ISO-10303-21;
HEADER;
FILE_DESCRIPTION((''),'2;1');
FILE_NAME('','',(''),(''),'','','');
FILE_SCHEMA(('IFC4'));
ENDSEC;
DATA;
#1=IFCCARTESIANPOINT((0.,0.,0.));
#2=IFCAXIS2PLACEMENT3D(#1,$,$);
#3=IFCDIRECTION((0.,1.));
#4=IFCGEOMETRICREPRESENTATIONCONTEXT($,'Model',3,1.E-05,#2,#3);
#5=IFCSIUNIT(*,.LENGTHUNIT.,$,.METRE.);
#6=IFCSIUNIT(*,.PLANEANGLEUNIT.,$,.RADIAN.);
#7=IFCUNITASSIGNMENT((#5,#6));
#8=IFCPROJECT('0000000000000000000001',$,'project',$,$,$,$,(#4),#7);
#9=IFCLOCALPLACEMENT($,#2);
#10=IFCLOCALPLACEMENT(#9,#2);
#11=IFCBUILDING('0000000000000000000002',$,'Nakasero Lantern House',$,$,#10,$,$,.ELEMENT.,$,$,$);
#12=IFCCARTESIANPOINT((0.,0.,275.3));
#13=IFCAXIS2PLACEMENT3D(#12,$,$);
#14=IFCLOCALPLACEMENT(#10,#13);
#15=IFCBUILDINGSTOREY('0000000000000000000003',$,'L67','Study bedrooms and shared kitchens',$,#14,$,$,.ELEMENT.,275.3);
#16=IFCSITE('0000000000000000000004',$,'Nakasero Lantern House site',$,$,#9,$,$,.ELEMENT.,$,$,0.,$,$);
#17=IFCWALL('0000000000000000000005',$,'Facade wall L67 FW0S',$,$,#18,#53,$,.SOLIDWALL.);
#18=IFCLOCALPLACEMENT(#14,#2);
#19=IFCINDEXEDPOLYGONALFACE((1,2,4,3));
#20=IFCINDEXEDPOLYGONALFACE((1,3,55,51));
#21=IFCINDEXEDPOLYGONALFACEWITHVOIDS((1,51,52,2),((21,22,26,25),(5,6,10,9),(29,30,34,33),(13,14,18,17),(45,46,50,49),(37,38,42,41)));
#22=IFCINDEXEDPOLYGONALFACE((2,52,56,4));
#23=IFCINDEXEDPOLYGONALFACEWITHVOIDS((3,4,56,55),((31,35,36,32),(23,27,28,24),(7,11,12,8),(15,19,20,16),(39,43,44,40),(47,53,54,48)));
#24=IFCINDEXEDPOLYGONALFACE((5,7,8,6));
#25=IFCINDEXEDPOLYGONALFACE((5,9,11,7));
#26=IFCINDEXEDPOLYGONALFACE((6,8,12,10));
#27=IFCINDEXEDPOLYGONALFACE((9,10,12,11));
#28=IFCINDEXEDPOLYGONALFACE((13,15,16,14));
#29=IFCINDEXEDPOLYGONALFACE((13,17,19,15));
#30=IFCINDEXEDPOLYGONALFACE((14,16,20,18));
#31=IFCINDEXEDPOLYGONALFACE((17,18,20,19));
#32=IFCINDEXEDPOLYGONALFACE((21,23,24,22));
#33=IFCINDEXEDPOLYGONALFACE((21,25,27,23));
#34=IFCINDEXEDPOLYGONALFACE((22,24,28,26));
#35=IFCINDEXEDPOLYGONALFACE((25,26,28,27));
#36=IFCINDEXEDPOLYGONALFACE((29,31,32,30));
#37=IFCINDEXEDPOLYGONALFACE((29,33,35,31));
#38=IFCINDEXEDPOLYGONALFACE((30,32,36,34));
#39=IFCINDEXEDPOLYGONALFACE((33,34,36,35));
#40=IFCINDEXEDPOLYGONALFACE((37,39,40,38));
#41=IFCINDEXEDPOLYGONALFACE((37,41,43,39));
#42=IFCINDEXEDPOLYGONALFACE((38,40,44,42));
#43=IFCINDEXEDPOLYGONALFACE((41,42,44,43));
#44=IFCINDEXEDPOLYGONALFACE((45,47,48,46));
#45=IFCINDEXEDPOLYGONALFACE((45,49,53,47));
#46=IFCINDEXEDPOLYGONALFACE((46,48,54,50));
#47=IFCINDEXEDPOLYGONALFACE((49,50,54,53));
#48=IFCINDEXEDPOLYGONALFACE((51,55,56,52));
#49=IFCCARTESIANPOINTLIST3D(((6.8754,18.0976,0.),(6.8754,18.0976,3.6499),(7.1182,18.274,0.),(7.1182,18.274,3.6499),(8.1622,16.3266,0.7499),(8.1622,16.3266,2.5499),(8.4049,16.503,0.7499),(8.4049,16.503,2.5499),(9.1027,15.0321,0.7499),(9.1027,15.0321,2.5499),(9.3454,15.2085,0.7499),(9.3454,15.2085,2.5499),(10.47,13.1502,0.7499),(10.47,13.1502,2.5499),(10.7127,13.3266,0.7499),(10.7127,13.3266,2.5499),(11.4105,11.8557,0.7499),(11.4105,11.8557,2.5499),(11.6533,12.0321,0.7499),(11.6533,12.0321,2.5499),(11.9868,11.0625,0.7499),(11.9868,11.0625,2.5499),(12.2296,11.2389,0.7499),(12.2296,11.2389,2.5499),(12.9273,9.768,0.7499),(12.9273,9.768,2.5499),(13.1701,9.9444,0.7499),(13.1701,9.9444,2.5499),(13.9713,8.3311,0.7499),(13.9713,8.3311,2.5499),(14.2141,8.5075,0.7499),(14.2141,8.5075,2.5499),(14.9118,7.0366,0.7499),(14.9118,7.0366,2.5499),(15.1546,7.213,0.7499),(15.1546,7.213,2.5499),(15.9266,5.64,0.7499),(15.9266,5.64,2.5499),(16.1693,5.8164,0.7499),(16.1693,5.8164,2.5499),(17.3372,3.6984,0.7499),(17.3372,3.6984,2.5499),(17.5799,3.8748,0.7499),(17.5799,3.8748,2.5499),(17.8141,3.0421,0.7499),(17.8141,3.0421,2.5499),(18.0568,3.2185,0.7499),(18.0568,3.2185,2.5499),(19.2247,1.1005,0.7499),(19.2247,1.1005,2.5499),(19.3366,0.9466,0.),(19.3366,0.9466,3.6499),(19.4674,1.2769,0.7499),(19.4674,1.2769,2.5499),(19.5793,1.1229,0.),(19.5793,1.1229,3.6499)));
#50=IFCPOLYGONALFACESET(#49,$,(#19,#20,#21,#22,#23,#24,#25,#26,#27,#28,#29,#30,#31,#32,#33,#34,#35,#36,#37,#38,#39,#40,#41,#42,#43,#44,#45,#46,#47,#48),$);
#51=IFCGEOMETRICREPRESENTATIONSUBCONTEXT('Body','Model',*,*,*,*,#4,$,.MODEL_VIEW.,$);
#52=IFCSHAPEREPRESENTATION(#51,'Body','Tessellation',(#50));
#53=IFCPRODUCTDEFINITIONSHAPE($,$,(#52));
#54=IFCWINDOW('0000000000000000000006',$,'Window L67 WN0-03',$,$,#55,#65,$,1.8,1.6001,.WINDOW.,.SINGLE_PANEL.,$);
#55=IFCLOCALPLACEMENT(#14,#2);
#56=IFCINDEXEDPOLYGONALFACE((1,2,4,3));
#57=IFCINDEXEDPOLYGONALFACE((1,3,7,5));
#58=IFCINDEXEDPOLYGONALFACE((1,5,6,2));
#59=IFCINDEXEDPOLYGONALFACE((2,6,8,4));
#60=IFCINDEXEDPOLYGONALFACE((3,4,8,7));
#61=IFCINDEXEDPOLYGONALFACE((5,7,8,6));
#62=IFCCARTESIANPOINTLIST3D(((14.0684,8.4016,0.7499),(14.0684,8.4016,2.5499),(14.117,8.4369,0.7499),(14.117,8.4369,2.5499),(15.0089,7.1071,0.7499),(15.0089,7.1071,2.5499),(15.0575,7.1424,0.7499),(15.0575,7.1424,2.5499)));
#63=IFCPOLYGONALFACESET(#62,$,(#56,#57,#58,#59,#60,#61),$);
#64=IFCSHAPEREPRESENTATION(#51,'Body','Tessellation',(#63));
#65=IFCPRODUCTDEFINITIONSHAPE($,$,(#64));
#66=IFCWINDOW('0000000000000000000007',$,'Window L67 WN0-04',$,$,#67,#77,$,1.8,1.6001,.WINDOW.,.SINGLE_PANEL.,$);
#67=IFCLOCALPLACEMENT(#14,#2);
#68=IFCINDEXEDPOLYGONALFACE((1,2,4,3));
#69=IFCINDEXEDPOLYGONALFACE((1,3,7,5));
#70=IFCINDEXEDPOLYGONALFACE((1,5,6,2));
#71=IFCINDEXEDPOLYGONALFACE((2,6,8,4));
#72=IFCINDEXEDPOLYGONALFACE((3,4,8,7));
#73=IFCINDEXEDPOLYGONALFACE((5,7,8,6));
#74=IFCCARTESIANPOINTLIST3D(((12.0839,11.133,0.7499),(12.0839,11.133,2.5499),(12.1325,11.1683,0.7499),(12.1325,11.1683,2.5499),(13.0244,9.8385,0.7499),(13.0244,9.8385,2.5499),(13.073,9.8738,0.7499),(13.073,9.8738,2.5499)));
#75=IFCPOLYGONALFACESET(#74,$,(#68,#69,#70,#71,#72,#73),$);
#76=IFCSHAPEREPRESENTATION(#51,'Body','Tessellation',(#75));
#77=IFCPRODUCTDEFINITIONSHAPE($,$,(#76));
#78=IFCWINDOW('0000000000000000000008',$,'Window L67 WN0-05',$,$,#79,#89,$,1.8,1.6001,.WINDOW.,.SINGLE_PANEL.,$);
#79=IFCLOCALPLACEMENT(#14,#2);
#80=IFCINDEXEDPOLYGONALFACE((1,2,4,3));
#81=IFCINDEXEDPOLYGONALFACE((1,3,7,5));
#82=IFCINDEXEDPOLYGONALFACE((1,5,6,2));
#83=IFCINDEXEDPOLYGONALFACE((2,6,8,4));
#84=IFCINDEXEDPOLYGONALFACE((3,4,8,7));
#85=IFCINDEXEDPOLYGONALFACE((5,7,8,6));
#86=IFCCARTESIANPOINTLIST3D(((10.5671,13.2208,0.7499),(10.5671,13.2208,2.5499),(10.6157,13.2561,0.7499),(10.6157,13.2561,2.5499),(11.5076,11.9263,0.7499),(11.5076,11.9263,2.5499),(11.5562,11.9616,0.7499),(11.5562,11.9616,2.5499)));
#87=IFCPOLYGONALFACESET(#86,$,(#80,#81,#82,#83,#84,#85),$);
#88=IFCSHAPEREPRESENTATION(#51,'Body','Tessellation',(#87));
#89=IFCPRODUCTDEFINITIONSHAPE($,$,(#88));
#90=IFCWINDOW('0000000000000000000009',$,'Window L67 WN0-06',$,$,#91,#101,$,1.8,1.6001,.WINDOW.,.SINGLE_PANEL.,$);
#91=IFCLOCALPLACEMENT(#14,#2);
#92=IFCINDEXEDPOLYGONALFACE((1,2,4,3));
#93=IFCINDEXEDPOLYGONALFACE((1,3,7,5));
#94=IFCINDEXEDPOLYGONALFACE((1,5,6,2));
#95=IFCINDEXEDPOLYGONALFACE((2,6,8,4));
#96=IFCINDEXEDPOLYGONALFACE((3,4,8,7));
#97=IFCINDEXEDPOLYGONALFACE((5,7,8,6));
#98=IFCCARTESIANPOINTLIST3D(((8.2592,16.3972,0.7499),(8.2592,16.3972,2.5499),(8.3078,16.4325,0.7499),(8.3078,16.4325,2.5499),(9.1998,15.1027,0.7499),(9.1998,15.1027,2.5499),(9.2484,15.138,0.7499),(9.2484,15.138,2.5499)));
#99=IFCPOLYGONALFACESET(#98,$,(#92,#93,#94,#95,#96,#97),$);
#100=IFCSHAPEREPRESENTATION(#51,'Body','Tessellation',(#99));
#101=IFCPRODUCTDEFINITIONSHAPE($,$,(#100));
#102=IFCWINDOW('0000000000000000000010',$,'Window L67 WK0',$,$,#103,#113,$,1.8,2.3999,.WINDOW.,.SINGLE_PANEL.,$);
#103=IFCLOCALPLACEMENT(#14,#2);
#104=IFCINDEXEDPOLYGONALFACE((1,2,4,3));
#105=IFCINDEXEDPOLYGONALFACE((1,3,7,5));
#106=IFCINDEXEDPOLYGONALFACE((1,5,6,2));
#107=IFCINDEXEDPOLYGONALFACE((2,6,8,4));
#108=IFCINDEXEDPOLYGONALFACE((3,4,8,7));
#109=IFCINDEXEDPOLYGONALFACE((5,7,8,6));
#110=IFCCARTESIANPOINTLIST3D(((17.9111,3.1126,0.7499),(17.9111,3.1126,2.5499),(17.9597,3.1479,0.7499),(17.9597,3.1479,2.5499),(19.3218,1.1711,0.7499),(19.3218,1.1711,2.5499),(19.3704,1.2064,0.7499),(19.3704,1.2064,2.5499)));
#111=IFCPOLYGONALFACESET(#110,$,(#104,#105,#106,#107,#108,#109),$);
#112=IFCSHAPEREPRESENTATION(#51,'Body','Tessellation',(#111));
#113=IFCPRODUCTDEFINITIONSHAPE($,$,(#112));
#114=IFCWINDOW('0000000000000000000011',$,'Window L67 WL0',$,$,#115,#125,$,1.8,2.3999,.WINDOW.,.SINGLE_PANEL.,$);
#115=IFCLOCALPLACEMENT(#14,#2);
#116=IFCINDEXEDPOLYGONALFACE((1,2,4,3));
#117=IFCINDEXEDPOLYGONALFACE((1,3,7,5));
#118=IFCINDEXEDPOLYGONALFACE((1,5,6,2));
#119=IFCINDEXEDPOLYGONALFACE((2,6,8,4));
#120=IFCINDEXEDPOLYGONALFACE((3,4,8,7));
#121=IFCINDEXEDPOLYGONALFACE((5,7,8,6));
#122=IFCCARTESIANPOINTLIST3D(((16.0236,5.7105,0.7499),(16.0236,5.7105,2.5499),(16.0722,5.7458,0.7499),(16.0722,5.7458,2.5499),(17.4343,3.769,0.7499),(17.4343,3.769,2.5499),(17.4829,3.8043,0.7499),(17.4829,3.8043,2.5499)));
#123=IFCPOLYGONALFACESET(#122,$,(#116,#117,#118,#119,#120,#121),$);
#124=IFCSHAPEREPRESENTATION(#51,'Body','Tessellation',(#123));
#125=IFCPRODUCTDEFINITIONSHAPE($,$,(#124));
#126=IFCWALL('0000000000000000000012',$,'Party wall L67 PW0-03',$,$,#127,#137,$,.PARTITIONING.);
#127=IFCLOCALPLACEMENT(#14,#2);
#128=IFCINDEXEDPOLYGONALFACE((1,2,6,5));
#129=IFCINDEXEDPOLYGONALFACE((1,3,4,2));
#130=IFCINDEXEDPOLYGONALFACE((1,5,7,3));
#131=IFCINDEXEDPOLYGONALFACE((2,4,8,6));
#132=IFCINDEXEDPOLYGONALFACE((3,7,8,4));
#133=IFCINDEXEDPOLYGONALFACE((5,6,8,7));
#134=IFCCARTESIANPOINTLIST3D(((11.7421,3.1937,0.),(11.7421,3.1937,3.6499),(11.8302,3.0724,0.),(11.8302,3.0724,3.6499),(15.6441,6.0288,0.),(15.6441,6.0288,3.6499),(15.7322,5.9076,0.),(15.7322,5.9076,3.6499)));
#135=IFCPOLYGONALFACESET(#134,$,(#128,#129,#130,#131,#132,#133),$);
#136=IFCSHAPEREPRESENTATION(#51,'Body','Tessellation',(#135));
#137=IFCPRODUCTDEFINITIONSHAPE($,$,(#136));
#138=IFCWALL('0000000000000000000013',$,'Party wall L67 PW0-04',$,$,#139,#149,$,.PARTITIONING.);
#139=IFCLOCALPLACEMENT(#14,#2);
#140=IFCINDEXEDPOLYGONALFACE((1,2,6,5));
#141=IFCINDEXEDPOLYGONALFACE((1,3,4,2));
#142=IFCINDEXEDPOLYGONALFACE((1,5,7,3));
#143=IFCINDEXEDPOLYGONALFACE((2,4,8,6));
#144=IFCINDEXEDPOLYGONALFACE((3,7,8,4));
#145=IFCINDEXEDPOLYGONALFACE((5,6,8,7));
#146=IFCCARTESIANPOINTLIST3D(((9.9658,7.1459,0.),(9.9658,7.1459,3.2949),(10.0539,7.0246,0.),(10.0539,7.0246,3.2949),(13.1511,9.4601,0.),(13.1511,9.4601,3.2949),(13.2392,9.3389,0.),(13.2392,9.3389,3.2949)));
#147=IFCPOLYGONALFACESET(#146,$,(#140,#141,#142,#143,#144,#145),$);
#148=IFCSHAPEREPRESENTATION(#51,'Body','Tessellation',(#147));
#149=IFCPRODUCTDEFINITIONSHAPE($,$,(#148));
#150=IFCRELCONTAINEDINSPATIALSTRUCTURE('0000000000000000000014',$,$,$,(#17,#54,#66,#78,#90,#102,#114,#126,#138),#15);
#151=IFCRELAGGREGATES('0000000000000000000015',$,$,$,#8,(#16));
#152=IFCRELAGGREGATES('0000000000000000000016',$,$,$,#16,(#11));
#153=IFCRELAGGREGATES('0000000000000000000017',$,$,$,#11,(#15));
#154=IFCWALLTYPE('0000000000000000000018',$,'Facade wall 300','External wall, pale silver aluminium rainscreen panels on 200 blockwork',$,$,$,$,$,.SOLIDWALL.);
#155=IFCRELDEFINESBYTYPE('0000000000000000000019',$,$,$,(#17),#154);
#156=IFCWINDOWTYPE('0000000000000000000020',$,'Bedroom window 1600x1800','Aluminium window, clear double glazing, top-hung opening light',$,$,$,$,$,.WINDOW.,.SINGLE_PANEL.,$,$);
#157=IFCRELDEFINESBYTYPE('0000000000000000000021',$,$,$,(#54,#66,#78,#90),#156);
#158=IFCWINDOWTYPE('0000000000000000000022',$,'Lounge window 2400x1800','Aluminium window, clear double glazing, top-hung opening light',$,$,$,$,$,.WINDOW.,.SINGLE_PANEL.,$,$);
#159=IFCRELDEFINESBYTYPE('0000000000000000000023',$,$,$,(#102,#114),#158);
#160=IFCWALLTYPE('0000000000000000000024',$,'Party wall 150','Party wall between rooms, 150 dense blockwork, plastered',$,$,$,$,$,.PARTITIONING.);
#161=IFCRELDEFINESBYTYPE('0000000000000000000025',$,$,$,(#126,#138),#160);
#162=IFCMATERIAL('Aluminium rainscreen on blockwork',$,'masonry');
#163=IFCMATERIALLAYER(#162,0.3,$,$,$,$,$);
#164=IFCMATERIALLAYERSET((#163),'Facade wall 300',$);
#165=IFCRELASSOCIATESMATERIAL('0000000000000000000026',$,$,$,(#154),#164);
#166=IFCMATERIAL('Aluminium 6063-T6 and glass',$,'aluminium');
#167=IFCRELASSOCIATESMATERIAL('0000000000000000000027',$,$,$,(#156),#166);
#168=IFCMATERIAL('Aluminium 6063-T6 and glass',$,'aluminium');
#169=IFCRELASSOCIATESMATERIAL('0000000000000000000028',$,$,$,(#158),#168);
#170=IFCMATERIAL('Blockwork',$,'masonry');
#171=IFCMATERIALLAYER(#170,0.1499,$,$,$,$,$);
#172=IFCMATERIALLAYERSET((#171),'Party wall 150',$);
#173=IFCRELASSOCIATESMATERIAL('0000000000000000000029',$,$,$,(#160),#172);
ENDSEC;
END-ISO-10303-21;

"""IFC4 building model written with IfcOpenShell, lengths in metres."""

from ifc_helpers import new_model, si_unit, direction, frame, frame_2d, origin, place, context, subcontext, project, spatial, rectangle, extrude, material, layer, layer_set, type_object, element, fill, save


model = new_model("IFC4")

# Units and contexts
model_context = context("Model", 3, precision=1e-05, world=origin(), true_north=direction((0.0, 1.0)))
body_context = subcontext(model_context, "Body", "Model", "MODEL_VIEW")
ifc_project = project(units=[si_unit("LENGTHUNIT", "METRE"), si_unit("PLANEANGLEUNIT", "RADIAN")], contexts=[model_context])

# Site, building, storey
site_placement = place(None, origin())
site = spatial("IfcSite", under=ifc_project, at=site_placement, Name="Nakasero Lantern House site", CompositionType="ELEMENT", RefElevation=0.0)
building_placement = place(site_placement, origin())
building = spatial("IfcBuilding", under=site, at=building_placement, Name="Nakasero Lantern House", CompositionType="ELEMENT")
storey_placement = place(building_placement, frame((0.0, 0.0, 275.3)))
storey = spatial("IfcBuildingStorey", under=building, at=storey_placement, Name="L67", Description="Study bedrooms and shared kitchens", CompositionType="ELEMENT", Elevation=275.3)

# Wall, openings, windows
ifc_material_1 = material(Name="Aluminium rainscreen on blockwork", Category="masonry")
ifc_layer_1 = layer(ifc_material_1, 0.3)
ifc_layer_set_1 = layer_set([ifc_layer_1], Name="Facade wall 300")
wall_type_1 = type_object("IfcWallType", Name="Facade wall 300", Description="External wall, pale silver aluminium rainscreen panels on 200 blockwork", PredefinedType="SOLIDWALL", material=ifc_layer_set_1)
wall_1_placement = place(storey_placement, frame((19.458, 1.0347, 0.0), z_axis=(0.0, 0.0, 1.0), x_axis=(-0.58779, 0.809013, 0.0)))
wall_1 = element("IfcWall", 1, at=wall_1_placement, inside=storey, type_object=wall_type_1, Name="Facade wall L67 FW0S", PredefinedType="SOLIDWALL", context=body_context, shape_type="SweptSolid", body=[
    extrude(rectangle(XDim=21.2, YDim=0.3, at=frame_2d((10.6001, 0.0))), origin(), (0.0, 0.0, 1.0), 3.6499),
])
opening_1_placement = place(wall_1_placement, frame((7.5278, 0.0, 0.75)))
opening_1 = element("IfcOpeningElement", 2, at=opening_1_placement, cuts=wall_1, PredefinedType="OPENING", context=body_context, shape_type="SweptSolid", body=[
    extrude(rectangle(XDim=1.6001, YDim=1.8, at=frame_2d((0.8, 0.8999))), frame((0.0, 0.1699, 0.0), z_axis=(0.0, -1.0, 0.0), x_axis=(1.0, 0.0, 0.0)), (0.0, 0.0, 1.0), 0.3401),
])
opening_2_placement = place(wall_1_placement, frame((10.9041, 0.0, 0.75)))
opening_2 = element("IfcOpeningElement", 3, at=opening_2_placement, cuts=wall_1, PredefinedType="OPENING", context=body_context, shape_type="SweptSolid", body=[
    extrude(rectangle(XDim=1.6001, YDim=1.8, at=frame_2d((0.8, 0.8999))), frame((0.0, 0.1699, 0.0), z_axis=(0.0, -1.0, 0.0), x_axis=(1.0, 0.0, 0.0)), (0.0, 0.0, 1.0), 0.3401),
])
opening_3_placement = place(wall_1_placement, frame((13.4846, 0.0, 0.75)))
opening_3 = element("IfcOpeningElement", 4, at=opening_3_placement, cuts=wall_1, PredefinedType="OPENING", context=body_context, shape_type="SweptSolid", body=[
    extrude(rectangle(XDim=1.6001, YDim=1.8, at=frame_2d((0.8, 0.8999))), frame((0.0, 0.1699, 0.0), z_axis=(0.0, -1.0, 0.0), x_axis=(1.0, 0.0, 0.0)), (0.0, 0.0, 1.0), 0.3401),
])
opening_4_placement = place(wall_1_placement, frame((17.4109, 0.0, 0.75)))
opening_4 = element("IfcOpeningElement", 5, at=opening_4_placement, cuts=wall_1, PredefinedType="OPENING", context=body_context, shape_type="SweptSolid", body=[
    extrude(rectangle(XDim=1.6001, YDim=1.8, at=frame_2d((0.8, 0.8999))), frame((0.0, 0.1699, 0.0), z_axis=(0.0, -1.0, 0.0), x_axis=(1.0, 0.0, 0.0)), (0.0, 0.0, 1.0), 0.3401),
])
opening_5_placement = place(wall_1_placement, frame((0.1904, 0.0, 0.75)))
opening_5 = element("IfcOpeningElement", 6, at=opening_5_placement, cuts=wall_1, PredefinedType="OPENING", context=body_context, shape_type="SweptSolid", body=[
    extrude(rectangle(XDim=2.3999, YDim=1.8, at=frame_2d((1.2, 0.8999))), frame((0.0, 0.1699, 0.0), z_axis=(0.0, -1.0, 0.0), x_axis=(1.0, 0.0, 0.0)), (0.0, 0.0, 1.0), 0.3401),
])
opening_6_placement = place(wall_1_placement, frame((3.4016, 0.0, 0.75)))
opening_6 = element("IfcOpeningElement", 7, at=opening_6_placement, cuts=wall_1, PredefinedType="OPENING", context=body_context, shape_type="SweptSolid", body=[
    extrude(rectangle(XDim=2.3999, YDim=1.8, at=frame_2d((1.2, 0.8999))), frame((0.0, 0.1699, 0.0), z_axis=(0.0, -1.0, 0.0), x_axis=(1.0, 0.0, 0.0)), (0.0, 0.0, 1.0), 0.3401),
])
ifc_material_2 = material(Name="Aluminium 6063-T6 and glass", Category="aluminium")
window_type_1 = type_object("IfcWindowType", Name="Bedroom window 1600x1800", Description="Aluminium window, clear double glazing, top-hung opening light", PartitioningType="SINGLE_PANEL", PredefinedType="WINDOW", material=ifc_material_2)
window_1_placement = place(opening_1_placement, origin())
window_1 = element("IfcWindow", 8, at=window_1_placement, inside=storey, type_object=window_type_1, Name="Window L67 WN0-03", OverallHeight=1.8, OverallWidth=1.6001, PartitioningType="SINGLE_PANEL", PredefinedType="WINDOW", context=body_context, shape_type="SweptSolid", body=[
    extrude(rectangle(XDim=1.6001, YDim=1.8, at=frame_2d((0.8, 0.8999))), frame((0.0, 0.03, 0.0), z_axis=(0.0, -1.0, 0.0), x_axis=(1.0, 0.0, 0.0)), (0.0, 0.0, 1.0), 0.0601),
])
fill(opening_1, window_1)
window_2_placement = place(opening_2_placement, origin())
window_2 = element("IfcWindow", 9, at=window_2_placement, inside=storey, type_object=window_type_1, Name="Window L67 WN0-04", OverallHeight=1.8, OverallWidth=1.6001, PartitioningType="SINGLE_PANEL", PredefinedType="WINDOW", context=body_context, shape_type="SweptSolid", body=[
    extrude(rectangle(XDim=1.6001, YDim=1.8, at=frame_2d((0.8, 0.8999))), frame((0.0, 0.03, 0.0), z_axis=(0.0, -1.0, 0.0), x_axis=(1.0, 0.0, 0.0)), (0.0, 0.0, 1.0), 0.0601),
])
fill(opening_2, window_2)
window_3_placement = place(opening_3_placement, origin())
window_3 = element("IfcWindow", 10, at=window_3_placement, inside=storey, type_object=window_type_1, Name="Window L67 WN0-05", OverallHeight=1.8, OverallWidth=1.6001, PartitioningType="SINGLE_PANEL", PredefinedType="WINDOW", context=body_context, shape_type="SweptSolid", body=[
    extrude(rectangle(XDim=1.6001, YDim=1.8, at=frame_2d((0.8, 0.8999))), frame((0.0, 0.03, 0.0), z_axis=(0.0, -1.0, 0.0), x_axis=(1.0, 0.0, 0.0)), (0.0, 0.0, 1.0), 0.0601),
])
fill(opening_3, window_3)
window_4_placement = place(opening_4_placement, origin())
window_4 = element("IfcWindow", 11, at=window_4_placement, inside=storey, type_object=window_type_1, Name="Window L67 WN0-06", OverallHeight=1.8, OverallWidth=1.6001, PartitioningType="SINGLE_PANEL", PredefinedType="WINDOW", context=body_context, shape_type="SweptSolid", body=[
    extrude(rectangle(XDim=1.6001, YDim=1.8, at=frame_2d((0.8, 0.8999))), frame((0.0, 0.03, 0.0), z_axis=(0.0, -1.0, 0.0), x_axis=(1.0, 0.0, 0.0)), (0.0, 0.0, 1.0), 0.0601),
])
fill(opening_4, window_4)
ifc_material_3 = material(Name="Aluminium 6063-T6 and glass", Category="aluminium")
window_type_2 = type_object("IfcWindowType", Name="Lounge window 2400x1800", Description="Aluminium window, clear double glazing, top-hung opening light", PartitioningType="SINGLE_PANEL", PredefinedType="WINDOW", material=ifc_material_3)
window_5_placement = place(opening_5_placement, origin())
window_5 = element("IfcWindow", 12, at=window_5_placement, inside=storey, type_object=window_type_2, Name="Window L67 WK0", OverallHeight=1.8, OverallWidth=2.3999, PartitioningType="SINGLE_PANEL", PredefinedType="WINDOW", context=body_context, shape_type="SweptSolid", body=[
    extrude(rectangle(XDim=2.3999, YDim=1.8, at=frame_2d((1.2, 0.8999))), frame((0.0, 0.03, 0.0), z_axis=(0.0, -1.0, 0.0), x_axis=(1.0, 0.0, 0.0)), (0.0, 0.0, 1.0), 0.0601),
])
fill(opening_5, window_5)
window_6_placement = place(opening_6_placement, origin())
window_6 = element("IfcWindow", 13, at=window_6_placement, inside=storey, type_object=window_type_2, Name="Window L67 WL0", OverallHeight=1.8, OverallWidth=2.3999, PartitioningType="SINGLE_PANEL", PredefinedType="WINDOW", context=body_context, shape_type="SweptSolid", body=[
    extrude(rectangle(XDim=2.3999, YDim=1.8, at=frame_2d((1.2, 0.8999))), frame((0.0, 0.03, 0.0), z_axis=(0.0, -1.0, 0.0), x_axis=(1.0, 0.0, 0.0)), (0.0, 0.0, 1.0), 0.0601),
])
fill(opening_6, window_6)

# Walls
ifc_material_4 = material(Name="Blockwork", Category="masonry")
ifc_layer_2 = layer(ifc_material_4, 0.1499)
ifc_layer_set_2 = layer_set([ifc_layer_2], Name="Party wall 150")
wall_type_2 = type_object("IfcWallType", Name="Party wall 150", Description="Party wall between rooms, 150 dense blockwork, plastered", PredefinedType="PARTITIONING", material=ifc_layer_set_2)
wall_2_placement = place(storey_placement, frame((11.7861, 3.1331, 0.0), z_axis=(0.0, 0.0, 1.0), x_axis=(0.809001, 0.587807, 0.0)))
element("IfcWall", 14, at=wall_2_placement, inside=storey, type_object=wall_type_2, Name="Party wall L67 PW0-03", PredefinedType="PARTITIONING", context=body_context, shape_type="SweptSolid", body=[
    extrude(rectangle(XDim=4.8232, YDim=0.1499, at=frame_2d((2.4116, 0.0))), origin(), (0.0, 0.0, 1.0), 3.6499),
])
wall_3_placement = place(storey_placement, frame((10.0098, 7.0852, 0.0), z_axis=(0.0, 0.0, 1.0), x_axis=(0.809023, 0.587777, 0.0)))
element("IfcWall", 15, at=wall_3_placement, inside=storey, type_object=wall_type_2, Name="Party wall L67 PW0-04", PredefinedType="PARTITIONING", context=body_context, shape_type="SweptSolid", body=[
    extrude(rectangle(XDim=3.9373, YDim=0.1499, at=frame_2d((1.9688, 0.0))), origin(), (0.0, 0.0, 1.0), 3.2949),
])

save(model, "model.ifc")
